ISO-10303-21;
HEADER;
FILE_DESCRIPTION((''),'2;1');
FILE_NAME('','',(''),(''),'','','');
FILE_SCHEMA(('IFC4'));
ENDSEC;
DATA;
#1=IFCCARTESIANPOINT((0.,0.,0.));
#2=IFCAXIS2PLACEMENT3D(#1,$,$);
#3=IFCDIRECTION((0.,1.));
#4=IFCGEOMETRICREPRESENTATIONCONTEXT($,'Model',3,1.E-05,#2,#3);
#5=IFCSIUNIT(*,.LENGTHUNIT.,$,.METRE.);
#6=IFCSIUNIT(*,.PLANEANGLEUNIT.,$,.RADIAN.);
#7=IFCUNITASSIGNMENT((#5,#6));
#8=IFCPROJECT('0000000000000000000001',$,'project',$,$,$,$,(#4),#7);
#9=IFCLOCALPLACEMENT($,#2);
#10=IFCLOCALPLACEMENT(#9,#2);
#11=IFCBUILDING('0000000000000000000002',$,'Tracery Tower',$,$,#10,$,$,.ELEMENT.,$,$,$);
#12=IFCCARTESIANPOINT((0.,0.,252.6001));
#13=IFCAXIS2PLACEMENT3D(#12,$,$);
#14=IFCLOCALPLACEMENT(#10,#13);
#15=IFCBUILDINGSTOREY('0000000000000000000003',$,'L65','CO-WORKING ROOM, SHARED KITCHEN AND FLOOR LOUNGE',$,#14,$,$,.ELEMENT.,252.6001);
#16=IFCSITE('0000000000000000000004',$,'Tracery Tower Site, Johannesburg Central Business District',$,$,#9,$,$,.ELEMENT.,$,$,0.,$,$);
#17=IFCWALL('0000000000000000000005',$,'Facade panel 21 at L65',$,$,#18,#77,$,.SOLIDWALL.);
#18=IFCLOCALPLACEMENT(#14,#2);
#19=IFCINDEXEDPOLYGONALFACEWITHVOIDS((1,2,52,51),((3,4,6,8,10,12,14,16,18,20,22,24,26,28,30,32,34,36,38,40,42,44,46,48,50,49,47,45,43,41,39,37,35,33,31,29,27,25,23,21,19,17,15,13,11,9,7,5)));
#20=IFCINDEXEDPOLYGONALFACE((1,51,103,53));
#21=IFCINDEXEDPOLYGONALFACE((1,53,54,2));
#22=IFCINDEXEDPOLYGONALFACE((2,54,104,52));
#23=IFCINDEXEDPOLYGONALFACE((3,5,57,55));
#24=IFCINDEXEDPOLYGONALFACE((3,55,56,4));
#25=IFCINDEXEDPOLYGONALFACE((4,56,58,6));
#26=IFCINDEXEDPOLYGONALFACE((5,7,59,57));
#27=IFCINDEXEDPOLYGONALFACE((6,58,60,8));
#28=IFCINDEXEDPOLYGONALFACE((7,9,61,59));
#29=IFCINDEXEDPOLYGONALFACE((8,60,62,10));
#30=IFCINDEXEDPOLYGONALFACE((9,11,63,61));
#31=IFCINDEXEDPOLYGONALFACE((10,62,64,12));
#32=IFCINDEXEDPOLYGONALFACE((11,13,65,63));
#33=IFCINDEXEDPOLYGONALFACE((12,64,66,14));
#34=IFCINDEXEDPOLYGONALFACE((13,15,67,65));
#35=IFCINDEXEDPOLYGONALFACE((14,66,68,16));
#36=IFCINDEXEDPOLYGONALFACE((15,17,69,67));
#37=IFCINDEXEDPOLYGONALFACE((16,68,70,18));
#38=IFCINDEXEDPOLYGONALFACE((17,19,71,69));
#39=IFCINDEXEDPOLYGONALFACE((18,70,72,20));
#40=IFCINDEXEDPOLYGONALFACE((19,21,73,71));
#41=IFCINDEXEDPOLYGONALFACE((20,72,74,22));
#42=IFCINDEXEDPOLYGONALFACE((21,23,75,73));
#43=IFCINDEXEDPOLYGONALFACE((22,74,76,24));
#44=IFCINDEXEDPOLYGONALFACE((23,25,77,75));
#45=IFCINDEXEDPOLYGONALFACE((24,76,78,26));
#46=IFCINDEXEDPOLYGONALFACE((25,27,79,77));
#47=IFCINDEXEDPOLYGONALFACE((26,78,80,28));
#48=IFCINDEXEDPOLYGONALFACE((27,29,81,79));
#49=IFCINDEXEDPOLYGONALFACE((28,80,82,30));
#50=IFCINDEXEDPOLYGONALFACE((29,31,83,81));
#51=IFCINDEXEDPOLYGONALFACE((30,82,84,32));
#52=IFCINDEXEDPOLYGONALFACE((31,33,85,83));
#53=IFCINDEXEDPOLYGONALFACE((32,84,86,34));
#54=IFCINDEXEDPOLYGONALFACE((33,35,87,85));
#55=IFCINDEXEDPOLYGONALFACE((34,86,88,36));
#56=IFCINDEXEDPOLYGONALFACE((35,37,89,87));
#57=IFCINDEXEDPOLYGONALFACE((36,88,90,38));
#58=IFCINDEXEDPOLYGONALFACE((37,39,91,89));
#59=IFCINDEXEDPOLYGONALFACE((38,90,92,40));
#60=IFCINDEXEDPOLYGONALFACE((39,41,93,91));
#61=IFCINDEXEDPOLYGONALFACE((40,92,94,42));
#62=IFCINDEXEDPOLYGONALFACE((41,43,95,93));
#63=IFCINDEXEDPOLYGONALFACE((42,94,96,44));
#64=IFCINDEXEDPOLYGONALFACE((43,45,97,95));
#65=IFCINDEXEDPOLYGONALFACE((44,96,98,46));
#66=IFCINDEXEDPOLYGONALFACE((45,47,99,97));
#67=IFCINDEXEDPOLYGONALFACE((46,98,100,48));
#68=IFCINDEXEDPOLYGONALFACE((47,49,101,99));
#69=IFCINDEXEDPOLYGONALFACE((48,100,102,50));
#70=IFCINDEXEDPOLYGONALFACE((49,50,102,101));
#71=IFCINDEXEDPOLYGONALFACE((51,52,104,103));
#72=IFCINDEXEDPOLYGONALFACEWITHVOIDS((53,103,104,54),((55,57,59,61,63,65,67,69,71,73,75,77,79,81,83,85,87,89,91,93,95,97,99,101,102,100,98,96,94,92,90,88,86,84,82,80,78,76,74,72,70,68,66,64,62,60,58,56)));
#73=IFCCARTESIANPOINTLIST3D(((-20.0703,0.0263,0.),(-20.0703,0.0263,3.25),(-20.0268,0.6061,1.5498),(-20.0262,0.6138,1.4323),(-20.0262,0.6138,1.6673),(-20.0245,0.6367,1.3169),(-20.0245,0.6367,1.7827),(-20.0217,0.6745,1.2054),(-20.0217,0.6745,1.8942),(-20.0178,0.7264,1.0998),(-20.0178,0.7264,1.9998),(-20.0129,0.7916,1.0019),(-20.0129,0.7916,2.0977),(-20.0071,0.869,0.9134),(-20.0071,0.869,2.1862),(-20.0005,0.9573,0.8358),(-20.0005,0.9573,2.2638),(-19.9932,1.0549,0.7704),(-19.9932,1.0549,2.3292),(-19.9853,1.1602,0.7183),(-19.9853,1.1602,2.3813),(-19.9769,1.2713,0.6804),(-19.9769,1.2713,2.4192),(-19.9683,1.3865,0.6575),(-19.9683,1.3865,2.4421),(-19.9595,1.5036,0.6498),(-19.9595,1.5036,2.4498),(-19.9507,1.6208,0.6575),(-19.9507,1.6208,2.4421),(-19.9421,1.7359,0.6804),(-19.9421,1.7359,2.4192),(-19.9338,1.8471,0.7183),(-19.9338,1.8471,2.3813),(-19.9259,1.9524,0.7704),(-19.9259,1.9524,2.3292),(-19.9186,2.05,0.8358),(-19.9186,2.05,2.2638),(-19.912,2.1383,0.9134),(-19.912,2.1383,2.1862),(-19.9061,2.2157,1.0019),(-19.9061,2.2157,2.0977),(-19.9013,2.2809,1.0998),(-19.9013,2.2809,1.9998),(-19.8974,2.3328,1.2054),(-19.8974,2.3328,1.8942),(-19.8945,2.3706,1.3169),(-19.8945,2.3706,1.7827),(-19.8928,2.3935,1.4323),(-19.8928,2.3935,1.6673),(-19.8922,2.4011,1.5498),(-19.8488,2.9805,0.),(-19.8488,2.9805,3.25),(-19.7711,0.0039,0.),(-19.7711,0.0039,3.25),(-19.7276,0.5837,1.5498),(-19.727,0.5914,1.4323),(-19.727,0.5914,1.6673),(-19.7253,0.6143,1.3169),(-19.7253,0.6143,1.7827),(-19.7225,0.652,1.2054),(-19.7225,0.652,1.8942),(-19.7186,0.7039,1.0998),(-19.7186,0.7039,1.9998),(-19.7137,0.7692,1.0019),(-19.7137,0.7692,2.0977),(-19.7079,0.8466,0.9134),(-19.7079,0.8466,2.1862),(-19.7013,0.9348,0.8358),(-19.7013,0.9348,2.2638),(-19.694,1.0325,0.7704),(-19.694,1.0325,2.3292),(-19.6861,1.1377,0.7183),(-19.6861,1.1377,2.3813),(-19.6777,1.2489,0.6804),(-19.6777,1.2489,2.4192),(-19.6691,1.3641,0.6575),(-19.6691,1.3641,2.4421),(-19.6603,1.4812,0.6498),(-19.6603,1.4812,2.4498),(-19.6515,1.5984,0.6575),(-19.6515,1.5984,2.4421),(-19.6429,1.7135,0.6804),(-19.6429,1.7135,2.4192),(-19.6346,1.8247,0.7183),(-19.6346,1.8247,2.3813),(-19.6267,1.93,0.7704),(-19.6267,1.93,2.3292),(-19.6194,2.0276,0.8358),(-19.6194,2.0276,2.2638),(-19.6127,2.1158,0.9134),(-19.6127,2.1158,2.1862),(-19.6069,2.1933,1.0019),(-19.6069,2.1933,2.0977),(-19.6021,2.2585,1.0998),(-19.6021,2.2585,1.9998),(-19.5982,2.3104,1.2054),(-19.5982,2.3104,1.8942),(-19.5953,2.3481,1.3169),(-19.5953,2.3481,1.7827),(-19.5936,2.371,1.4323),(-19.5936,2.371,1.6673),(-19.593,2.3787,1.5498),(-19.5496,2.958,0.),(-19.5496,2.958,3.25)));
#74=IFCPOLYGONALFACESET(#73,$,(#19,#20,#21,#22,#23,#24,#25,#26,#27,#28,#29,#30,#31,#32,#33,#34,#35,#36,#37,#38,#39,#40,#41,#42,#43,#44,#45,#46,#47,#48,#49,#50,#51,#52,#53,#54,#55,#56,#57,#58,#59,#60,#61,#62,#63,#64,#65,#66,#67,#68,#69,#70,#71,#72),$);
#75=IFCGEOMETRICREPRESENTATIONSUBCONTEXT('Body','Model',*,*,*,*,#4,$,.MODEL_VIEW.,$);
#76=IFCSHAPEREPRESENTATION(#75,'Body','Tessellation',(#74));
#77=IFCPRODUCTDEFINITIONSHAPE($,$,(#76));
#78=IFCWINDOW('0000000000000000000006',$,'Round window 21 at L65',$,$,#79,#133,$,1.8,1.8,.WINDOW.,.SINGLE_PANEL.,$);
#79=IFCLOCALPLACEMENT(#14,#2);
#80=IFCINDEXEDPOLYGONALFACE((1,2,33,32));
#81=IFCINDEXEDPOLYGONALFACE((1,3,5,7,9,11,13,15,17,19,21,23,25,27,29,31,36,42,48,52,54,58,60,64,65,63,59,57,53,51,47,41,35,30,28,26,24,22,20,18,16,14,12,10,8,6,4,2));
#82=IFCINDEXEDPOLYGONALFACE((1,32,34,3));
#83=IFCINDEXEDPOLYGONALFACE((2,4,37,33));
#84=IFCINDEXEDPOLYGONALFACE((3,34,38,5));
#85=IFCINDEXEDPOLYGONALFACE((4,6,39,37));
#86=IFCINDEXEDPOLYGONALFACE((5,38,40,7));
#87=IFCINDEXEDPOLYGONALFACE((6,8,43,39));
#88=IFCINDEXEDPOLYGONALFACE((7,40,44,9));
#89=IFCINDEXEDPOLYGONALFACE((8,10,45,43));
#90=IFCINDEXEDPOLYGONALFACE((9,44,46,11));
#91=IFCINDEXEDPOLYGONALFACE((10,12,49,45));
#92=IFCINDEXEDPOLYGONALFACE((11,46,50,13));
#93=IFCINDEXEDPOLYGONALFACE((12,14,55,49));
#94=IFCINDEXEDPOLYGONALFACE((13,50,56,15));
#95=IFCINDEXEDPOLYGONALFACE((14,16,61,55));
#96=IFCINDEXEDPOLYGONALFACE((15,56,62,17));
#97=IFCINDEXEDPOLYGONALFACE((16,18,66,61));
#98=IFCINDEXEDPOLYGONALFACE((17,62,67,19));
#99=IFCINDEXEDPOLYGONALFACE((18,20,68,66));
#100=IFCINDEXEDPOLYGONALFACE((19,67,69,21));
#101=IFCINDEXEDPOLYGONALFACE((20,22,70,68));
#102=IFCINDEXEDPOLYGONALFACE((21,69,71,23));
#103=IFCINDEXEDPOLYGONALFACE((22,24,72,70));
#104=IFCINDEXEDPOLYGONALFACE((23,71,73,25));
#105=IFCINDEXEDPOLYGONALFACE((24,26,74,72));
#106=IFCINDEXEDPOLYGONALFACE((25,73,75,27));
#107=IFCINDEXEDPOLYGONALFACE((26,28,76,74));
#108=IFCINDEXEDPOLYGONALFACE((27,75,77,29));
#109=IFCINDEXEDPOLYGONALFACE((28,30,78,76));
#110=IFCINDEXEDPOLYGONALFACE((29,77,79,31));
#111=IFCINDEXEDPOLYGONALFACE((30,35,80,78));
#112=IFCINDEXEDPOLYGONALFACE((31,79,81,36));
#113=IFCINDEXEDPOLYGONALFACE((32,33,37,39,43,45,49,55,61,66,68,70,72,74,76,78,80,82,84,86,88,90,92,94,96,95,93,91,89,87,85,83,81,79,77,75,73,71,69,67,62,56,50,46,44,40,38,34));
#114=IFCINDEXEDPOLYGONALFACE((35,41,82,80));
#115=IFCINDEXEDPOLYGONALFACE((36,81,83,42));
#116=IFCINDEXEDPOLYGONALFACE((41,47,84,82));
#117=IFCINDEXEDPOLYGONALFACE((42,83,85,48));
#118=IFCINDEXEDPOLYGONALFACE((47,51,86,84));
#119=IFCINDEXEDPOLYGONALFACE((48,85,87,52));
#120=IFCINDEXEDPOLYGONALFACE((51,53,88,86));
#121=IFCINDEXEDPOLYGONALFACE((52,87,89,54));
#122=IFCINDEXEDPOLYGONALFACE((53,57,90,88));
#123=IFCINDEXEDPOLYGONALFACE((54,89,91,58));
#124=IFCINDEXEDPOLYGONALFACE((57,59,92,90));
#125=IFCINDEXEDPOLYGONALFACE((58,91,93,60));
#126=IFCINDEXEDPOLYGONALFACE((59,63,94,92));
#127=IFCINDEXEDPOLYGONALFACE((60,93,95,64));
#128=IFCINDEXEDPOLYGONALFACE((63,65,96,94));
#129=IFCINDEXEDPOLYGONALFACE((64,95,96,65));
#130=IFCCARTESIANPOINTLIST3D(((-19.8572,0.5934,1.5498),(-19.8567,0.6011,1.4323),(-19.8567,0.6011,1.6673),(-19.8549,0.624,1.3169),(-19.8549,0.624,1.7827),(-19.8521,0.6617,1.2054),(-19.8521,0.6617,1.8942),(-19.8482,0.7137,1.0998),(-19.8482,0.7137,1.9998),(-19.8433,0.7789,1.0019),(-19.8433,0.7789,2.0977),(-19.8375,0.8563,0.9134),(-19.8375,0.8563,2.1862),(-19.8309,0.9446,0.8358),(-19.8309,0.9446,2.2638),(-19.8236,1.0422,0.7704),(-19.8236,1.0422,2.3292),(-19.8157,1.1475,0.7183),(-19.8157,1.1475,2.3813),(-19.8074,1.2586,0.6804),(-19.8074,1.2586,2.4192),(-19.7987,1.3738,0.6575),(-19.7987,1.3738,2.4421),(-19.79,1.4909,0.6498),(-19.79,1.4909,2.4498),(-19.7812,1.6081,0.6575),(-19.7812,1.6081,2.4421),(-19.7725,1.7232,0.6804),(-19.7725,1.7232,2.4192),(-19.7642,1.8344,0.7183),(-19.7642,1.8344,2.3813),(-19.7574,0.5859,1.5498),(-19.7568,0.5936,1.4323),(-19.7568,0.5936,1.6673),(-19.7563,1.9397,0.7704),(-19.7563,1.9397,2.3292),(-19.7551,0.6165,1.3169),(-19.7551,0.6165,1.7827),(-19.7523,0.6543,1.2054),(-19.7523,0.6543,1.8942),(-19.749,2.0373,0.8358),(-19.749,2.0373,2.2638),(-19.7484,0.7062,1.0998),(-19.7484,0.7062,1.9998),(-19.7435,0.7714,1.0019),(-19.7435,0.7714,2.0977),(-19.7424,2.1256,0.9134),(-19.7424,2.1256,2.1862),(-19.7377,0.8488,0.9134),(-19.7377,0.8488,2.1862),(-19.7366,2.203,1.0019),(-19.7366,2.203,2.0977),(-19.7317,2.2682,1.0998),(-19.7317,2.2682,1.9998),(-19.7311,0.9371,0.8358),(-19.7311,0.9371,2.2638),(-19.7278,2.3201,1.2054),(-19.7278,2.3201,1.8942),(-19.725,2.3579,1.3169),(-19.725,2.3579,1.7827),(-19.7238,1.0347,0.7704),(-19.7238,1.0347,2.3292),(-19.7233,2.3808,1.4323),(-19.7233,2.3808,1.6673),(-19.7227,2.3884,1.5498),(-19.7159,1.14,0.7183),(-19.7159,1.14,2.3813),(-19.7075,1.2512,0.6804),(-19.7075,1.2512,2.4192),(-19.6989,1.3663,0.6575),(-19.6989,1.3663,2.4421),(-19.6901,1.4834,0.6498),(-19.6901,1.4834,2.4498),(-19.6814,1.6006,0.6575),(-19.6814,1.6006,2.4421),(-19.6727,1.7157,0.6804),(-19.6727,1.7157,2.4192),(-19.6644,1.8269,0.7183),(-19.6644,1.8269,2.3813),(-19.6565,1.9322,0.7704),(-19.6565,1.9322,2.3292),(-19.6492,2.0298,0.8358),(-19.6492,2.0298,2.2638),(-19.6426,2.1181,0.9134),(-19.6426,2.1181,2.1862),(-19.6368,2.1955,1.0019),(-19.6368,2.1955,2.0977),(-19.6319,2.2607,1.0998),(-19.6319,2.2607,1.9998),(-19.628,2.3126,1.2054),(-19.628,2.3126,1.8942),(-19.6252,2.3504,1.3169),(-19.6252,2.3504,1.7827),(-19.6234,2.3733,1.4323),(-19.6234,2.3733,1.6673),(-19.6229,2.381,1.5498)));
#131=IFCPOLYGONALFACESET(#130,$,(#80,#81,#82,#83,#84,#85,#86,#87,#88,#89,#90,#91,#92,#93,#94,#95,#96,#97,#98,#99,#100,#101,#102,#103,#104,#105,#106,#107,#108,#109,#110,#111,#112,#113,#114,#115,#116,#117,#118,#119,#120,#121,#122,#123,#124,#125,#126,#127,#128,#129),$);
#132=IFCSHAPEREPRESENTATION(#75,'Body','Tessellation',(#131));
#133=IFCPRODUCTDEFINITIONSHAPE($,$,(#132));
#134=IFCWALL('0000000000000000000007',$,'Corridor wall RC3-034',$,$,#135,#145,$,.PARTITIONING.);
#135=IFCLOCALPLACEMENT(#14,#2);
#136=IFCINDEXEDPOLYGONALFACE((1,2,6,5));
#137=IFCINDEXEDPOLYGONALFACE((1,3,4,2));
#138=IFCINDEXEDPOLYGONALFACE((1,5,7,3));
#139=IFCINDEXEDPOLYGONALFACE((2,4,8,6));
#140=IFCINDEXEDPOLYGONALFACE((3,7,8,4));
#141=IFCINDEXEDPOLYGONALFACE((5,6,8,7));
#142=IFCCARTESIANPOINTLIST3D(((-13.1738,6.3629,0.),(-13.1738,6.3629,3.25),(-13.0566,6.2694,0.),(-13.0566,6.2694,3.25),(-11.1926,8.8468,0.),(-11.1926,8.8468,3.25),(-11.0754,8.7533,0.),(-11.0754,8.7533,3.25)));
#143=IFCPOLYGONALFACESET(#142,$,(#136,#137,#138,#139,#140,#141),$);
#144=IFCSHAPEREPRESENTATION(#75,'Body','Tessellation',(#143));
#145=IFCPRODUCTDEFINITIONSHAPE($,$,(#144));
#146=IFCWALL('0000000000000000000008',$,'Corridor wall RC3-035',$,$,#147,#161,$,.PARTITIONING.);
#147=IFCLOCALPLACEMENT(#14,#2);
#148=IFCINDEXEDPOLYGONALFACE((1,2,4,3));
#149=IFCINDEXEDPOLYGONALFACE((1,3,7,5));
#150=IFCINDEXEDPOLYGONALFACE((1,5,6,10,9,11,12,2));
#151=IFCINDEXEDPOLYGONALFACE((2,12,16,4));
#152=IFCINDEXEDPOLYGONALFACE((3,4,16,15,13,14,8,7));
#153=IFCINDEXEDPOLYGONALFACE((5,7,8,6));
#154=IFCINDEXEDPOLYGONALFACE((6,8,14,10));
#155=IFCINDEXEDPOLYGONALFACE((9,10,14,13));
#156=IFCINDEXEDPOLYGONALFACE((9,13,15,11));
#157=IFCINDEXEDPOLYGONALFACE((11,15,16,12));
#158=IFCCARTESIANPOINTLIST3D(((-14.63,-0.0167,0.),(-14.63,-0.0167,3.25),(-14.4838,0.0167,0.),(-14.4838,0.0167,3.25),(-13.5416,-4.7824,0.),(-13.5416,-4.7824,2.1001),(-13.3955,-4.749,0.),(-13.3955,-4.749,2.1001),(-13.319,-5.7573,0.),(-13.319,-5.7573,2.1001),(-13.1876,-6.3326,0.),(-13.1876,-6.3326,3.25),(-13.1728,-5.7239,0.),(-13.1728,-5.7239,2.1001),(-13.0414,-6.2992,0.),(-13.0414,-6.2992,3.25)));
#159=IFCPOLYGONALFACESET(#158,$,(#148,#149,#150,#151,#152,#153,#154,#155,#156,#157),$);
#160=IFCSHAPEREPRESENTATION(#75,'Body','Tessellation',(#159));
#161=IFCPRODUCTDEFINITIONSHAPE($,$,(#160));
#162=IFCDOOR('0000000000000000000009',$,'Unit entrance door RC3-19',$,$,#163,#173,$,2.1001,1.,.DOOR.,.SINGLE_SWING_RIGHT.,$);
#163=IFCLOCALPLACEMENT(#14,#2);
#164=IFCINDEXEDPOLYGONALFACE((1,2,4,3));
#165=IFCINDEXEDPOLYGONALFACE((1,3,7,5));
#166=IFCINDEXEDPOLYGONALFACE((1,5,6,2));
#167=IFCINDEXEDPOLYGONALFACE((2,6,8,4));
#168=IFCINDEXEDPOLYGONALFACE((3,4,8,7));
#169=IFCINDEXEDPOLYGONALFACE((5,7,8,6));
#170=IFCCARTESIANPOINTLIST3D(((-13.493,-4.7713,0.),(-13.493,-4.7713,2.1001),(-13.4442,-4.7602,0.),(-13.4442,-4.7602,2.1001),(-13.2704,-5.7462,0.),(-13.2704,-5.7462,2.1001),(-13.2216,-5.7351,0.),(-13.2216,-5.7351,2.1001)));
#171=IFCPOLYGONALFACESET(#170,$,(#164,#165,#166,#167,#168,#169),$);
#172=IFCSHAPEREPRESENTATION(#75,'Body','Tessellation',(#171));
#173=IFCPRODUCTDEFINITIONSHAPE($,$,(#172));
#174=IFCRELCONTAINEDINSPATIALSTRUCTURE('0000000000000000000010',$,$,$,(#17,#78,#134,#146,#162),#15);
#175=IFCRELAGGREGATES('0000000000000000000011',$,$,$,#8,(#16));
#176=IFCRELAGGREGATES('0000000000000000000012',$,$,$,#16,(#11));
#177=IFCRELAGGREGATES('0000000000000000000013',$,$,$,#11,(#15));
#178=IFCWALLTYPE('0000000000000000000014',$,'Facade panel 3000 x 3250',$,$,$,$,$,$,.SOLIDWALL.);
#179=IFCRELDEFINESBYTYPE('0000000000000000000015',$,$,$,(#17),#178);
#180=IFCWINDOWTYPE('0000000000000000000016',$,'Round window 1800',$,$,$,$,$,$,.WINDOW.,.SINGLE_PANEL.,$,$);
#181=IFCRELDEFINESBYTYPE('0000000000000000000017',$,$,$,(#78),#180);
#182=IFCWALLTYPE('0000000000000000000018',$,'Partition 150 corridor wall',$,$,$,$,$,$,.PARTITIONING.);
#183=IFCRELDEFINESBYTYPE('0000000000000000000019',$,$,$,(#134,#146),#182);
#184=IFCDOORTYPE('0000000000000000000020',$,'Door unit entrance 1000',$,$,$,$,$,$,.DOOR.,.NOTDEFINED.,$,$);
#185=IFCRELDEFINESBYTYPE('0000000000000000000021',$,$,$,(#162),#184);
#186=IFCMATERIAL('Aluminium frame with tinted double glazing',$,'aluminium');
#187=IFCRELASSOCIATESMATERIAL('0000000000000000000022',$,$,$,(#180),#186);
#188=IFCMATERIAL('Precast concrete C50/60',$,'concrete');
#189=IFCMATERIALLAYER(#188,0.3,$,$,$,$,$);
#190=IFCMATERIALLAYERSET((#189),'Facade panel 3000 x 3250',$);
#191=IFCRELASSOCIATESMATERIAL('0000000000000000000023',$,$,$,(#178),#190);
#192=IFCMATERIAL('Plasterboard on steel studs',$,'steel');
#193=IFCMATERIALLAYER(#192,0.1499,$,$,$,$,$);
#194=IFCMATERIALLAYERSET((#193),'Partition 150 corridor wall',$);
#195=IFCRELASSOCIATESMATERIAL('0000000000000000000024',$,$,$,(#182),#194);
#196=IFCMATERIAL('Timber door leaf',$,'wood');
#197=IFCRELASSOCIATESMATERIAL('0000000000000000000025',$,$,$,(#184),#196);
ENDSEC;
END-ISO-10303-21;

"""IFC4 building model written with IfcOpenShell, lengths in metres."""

from ifc_helpers import new_model, si_unit, direction, frame, frame_2d, origin, origin_2d, place, context, subcontext, project, spatial, rectangle, circle, extrude, material, layer, layer_set, type_object, element, fill, save


model = new_model("IFC4")

# Units and contexts
model_context = context("Model", 3, precision=1e-05, world=origin(), true_north=direction((0.0, 1.0)))
body_context = subcontext(model_context, "Body", "Model", "MODEL_VIEW")
ifc_project = project(units=[si_unit("LENGTHUNIT", "METRE"), si_unit("PLANEANGLEUNIT", "RADIAN")], contexts=[model_context])

# Site, building, storey
site_placement = place(None, origin())
site = spatial("IfcSite", under=ifc_project, at=site_placement, Name="Tracery Tower Site, Johannesburg Central Business District", CompositionType="ELEMENT", RefElevation=0.0)
building_placement = place(site_placement, origin())
building = spatial("IfcBuilding", under=site, at=building_placement, Name="Tracery Tower", CompositionType="ELEMENT")
storey_placement = place(building_placement, frame((0.0, 0.0, 252.6001)))
storey = spatial("IfcBuildingStorey", under=building, at=storey_placement, Name="L65", Description="CO-WORKING ROOM, SHARED KITCHEN AND FLOOR LOUNGE", CompositionType="ELEMENT", Elevation=252.6001)

# Wall, opening, window
ifc_material_1 = material(Name="Aluminium frame with tinted double glazing", Category="aluminium")
window_type = type_object("IfcWindowType", Name="Round window 1800", PartitioningType="SINGLE_PANEL", PredefinedType="WINDOW", material=ifc_material_1)
ifc_material_2 = material(Name="Precast concrete C50/60", Category="concrete")
ifc_layer_1 = layer(ifc_material_2, 0.3)
ifc_layer_set_1 = layer_set([ifc_layer_1], Name="Facade panel 3000 x 3250")
wall_type_1 = type_object("IfcWallType", Name="Facade panel 3000 x 3250", PredefinedType="SOLIDWALL", material=ifc_layer_set_1)
wall_1_placement = place(storey_placement, frame((-19.6992, 2.9692, 0.0), z_axis=(0.0, 0.0, 1.0), x_axis=(-0.074749, -0.997202, 0.0)))
wall_1 = element("IfcWall", 1, at=wall_1_placement, inside=storey, type_object=wall_type_1, Name="Facade panel 21 at L65", PredefinedType="SOLIDWALL", context=body_context, shape_type="SweptSolid", body=[
    extrude(rectangle(XDim=2.9624, YDim=0.3, at=frame_2d((1.4812, 0.0))), origin(), (0.0, 0.0, 1.0), 3.25),
])
opening_1_placement = place(wall_1_placement, frame((1.481, 0.0, 1.5498)))
opening_1 = element("IfcOpeningElement", 2, at=opening_1_placement, cuts=wall_1, PredefinedType="OPENING", context=body_context, shape_type="SweptSolid", body=[
    extrude(circle(Radius=0.9, at=origin_2d()), frame((0.0, 0.1599, 0.0), z_axis=(0.0, -1.0, 0.0), x_axis=(1.0, 0.0, 0.0)), (0.0, 0.0, 1.0), 0.3201),
])
window_1_placement = place(opening_1_placement, origin())
window_1 = element("IfcWindow", 3, at=window_1_placement, inside=storey, type_object=window_type, Name="Round window 21 at L65", OverallHeight=1.8, OverallWidth=1.8, PartitioningType="SINGLE_PANEL", PredefinedType="WINDOW", context=body_context, shape_type="SweptSolid", body=[
    extrude(circle(Radius=0.9, at=origin_2d()), frame((0.0, 0.1201, 0.0), z_axis=(0.0, -1.0, 0.0), x_axis=(1.0, 0.0, 0.0)), (0.0, 0.0, 1.0), 0.1001),
])
fill(opening_1, window_1)

# Wall
ifc_material_3 = material(Name="Plasterboard on steel studs", Category="steel")
ifc_layer_2 = layer(ifc_material_3, 0.1499)
ifc_layer_set_2 = layer_set([ifc_layer_2], Name="Partition 150 corridor wall")
wall_type_2 = type_object("IfcWallType", Name="Partition 150 corridor wall", PredefinedType="PARTITIONING", material=ifc_layer_set_2)
wall_2_placement = place(storey_placement, frame((-13.1152, 6.3162, 0.0), z_axis=(0.0, 0.0, 1.0), x_axis=(0.623561, 0.781775, 0.0)))
element("IfcWall", 4, at=wall_2_placement, inside=storey, type_object=wall_type_2, Name="Corridor wall RC3-034", PredefinedType="PARTITIONING", context=body_context, shape_type="SweptSolid", body=[
    extrude(rectangle(XDim=3.1772, YDim=0.1499, at=frame_2d((1.5886, 0.0))), origin(), (0.0, 0.0, 1.0), 3.25),
])

# Wall, opening, door
wall_3_placement = place(storey_placement, frame((-14.5569, 0.0, 0.0), z_axis=(0.0, 0.0, 1.0), x_axis=(0.222641, -0.974901, 0.0)))
wall_3 = element("IfcWall", 5, at=wall_3_placement, inside=storey, type_object=wall_type_2, Name="Corridor wall RC3-035", PredefinedType="PARTITIONING", context=body_context, shape_type="SweptSolid", body=[
    extrude(rectangle(XDim=6.4785, YDim=0.1499, at=frame_2d((3.2393, 0.0))), origin(), (0.0, 0.0, 1.0), 3.25),
])
opening_2_placement = place(wall_3_placement, frame((4.8884, 0.0, 0.0)))
opening_2 = element("IfcOpeningElement", 6, at=opening_2_placement, cuts=wall_3, PredefinedType="OPENING", context=body_context, shape_type="SweptSolid", body=[
    extrude(rectangle(XDim=1.0, YDim=2.1001, at=frame_2d((0.5, 1.05))), frame((0.0, 0.075, 0.0), z_axis=(0.0, -1.0, 0.0), x_axis=(1.0, 0.0, 0.0)), (0.0, 0.0, 1.0), 0.1499),
])
ifc_material_4 = material(Name="Timber door leaf", Category="wood")
door_type_1 = type_object("IfcDoorType", Name="Door unit entrance 1000", OperationType="NOTDEFINED", PredefinedType="DOOR", material=ifc_material_4)
door_1_placement = place(opening_2_placement, origin())
door_1 = element("IfcDoor", 7, at=door_1_placement, inside=storey, type_object=door_type_1, Name="Unit entrance door RC3-19", OperationType="SINGLE_SWING_RIGHT", OverallHeight=2.1001, OverallWidth=1.0, PredefinedType="DOOR", context=body_context, shape_type="SweptSolid", body=[
    extrude(rectangle(XDim=1.0, YDim=2.1001, at=frame_2d((0.5, 1.05))), frame((0.0, 0.0249, 0.0), z_axis=(0.0, -1.0, 0.0), x_axis=(1.0, 0.0, 0.0)), (0.0, 0.0, 1.0), 0.05),
])
fill(opening_2, door_1)

save(model, "model.ifc")
